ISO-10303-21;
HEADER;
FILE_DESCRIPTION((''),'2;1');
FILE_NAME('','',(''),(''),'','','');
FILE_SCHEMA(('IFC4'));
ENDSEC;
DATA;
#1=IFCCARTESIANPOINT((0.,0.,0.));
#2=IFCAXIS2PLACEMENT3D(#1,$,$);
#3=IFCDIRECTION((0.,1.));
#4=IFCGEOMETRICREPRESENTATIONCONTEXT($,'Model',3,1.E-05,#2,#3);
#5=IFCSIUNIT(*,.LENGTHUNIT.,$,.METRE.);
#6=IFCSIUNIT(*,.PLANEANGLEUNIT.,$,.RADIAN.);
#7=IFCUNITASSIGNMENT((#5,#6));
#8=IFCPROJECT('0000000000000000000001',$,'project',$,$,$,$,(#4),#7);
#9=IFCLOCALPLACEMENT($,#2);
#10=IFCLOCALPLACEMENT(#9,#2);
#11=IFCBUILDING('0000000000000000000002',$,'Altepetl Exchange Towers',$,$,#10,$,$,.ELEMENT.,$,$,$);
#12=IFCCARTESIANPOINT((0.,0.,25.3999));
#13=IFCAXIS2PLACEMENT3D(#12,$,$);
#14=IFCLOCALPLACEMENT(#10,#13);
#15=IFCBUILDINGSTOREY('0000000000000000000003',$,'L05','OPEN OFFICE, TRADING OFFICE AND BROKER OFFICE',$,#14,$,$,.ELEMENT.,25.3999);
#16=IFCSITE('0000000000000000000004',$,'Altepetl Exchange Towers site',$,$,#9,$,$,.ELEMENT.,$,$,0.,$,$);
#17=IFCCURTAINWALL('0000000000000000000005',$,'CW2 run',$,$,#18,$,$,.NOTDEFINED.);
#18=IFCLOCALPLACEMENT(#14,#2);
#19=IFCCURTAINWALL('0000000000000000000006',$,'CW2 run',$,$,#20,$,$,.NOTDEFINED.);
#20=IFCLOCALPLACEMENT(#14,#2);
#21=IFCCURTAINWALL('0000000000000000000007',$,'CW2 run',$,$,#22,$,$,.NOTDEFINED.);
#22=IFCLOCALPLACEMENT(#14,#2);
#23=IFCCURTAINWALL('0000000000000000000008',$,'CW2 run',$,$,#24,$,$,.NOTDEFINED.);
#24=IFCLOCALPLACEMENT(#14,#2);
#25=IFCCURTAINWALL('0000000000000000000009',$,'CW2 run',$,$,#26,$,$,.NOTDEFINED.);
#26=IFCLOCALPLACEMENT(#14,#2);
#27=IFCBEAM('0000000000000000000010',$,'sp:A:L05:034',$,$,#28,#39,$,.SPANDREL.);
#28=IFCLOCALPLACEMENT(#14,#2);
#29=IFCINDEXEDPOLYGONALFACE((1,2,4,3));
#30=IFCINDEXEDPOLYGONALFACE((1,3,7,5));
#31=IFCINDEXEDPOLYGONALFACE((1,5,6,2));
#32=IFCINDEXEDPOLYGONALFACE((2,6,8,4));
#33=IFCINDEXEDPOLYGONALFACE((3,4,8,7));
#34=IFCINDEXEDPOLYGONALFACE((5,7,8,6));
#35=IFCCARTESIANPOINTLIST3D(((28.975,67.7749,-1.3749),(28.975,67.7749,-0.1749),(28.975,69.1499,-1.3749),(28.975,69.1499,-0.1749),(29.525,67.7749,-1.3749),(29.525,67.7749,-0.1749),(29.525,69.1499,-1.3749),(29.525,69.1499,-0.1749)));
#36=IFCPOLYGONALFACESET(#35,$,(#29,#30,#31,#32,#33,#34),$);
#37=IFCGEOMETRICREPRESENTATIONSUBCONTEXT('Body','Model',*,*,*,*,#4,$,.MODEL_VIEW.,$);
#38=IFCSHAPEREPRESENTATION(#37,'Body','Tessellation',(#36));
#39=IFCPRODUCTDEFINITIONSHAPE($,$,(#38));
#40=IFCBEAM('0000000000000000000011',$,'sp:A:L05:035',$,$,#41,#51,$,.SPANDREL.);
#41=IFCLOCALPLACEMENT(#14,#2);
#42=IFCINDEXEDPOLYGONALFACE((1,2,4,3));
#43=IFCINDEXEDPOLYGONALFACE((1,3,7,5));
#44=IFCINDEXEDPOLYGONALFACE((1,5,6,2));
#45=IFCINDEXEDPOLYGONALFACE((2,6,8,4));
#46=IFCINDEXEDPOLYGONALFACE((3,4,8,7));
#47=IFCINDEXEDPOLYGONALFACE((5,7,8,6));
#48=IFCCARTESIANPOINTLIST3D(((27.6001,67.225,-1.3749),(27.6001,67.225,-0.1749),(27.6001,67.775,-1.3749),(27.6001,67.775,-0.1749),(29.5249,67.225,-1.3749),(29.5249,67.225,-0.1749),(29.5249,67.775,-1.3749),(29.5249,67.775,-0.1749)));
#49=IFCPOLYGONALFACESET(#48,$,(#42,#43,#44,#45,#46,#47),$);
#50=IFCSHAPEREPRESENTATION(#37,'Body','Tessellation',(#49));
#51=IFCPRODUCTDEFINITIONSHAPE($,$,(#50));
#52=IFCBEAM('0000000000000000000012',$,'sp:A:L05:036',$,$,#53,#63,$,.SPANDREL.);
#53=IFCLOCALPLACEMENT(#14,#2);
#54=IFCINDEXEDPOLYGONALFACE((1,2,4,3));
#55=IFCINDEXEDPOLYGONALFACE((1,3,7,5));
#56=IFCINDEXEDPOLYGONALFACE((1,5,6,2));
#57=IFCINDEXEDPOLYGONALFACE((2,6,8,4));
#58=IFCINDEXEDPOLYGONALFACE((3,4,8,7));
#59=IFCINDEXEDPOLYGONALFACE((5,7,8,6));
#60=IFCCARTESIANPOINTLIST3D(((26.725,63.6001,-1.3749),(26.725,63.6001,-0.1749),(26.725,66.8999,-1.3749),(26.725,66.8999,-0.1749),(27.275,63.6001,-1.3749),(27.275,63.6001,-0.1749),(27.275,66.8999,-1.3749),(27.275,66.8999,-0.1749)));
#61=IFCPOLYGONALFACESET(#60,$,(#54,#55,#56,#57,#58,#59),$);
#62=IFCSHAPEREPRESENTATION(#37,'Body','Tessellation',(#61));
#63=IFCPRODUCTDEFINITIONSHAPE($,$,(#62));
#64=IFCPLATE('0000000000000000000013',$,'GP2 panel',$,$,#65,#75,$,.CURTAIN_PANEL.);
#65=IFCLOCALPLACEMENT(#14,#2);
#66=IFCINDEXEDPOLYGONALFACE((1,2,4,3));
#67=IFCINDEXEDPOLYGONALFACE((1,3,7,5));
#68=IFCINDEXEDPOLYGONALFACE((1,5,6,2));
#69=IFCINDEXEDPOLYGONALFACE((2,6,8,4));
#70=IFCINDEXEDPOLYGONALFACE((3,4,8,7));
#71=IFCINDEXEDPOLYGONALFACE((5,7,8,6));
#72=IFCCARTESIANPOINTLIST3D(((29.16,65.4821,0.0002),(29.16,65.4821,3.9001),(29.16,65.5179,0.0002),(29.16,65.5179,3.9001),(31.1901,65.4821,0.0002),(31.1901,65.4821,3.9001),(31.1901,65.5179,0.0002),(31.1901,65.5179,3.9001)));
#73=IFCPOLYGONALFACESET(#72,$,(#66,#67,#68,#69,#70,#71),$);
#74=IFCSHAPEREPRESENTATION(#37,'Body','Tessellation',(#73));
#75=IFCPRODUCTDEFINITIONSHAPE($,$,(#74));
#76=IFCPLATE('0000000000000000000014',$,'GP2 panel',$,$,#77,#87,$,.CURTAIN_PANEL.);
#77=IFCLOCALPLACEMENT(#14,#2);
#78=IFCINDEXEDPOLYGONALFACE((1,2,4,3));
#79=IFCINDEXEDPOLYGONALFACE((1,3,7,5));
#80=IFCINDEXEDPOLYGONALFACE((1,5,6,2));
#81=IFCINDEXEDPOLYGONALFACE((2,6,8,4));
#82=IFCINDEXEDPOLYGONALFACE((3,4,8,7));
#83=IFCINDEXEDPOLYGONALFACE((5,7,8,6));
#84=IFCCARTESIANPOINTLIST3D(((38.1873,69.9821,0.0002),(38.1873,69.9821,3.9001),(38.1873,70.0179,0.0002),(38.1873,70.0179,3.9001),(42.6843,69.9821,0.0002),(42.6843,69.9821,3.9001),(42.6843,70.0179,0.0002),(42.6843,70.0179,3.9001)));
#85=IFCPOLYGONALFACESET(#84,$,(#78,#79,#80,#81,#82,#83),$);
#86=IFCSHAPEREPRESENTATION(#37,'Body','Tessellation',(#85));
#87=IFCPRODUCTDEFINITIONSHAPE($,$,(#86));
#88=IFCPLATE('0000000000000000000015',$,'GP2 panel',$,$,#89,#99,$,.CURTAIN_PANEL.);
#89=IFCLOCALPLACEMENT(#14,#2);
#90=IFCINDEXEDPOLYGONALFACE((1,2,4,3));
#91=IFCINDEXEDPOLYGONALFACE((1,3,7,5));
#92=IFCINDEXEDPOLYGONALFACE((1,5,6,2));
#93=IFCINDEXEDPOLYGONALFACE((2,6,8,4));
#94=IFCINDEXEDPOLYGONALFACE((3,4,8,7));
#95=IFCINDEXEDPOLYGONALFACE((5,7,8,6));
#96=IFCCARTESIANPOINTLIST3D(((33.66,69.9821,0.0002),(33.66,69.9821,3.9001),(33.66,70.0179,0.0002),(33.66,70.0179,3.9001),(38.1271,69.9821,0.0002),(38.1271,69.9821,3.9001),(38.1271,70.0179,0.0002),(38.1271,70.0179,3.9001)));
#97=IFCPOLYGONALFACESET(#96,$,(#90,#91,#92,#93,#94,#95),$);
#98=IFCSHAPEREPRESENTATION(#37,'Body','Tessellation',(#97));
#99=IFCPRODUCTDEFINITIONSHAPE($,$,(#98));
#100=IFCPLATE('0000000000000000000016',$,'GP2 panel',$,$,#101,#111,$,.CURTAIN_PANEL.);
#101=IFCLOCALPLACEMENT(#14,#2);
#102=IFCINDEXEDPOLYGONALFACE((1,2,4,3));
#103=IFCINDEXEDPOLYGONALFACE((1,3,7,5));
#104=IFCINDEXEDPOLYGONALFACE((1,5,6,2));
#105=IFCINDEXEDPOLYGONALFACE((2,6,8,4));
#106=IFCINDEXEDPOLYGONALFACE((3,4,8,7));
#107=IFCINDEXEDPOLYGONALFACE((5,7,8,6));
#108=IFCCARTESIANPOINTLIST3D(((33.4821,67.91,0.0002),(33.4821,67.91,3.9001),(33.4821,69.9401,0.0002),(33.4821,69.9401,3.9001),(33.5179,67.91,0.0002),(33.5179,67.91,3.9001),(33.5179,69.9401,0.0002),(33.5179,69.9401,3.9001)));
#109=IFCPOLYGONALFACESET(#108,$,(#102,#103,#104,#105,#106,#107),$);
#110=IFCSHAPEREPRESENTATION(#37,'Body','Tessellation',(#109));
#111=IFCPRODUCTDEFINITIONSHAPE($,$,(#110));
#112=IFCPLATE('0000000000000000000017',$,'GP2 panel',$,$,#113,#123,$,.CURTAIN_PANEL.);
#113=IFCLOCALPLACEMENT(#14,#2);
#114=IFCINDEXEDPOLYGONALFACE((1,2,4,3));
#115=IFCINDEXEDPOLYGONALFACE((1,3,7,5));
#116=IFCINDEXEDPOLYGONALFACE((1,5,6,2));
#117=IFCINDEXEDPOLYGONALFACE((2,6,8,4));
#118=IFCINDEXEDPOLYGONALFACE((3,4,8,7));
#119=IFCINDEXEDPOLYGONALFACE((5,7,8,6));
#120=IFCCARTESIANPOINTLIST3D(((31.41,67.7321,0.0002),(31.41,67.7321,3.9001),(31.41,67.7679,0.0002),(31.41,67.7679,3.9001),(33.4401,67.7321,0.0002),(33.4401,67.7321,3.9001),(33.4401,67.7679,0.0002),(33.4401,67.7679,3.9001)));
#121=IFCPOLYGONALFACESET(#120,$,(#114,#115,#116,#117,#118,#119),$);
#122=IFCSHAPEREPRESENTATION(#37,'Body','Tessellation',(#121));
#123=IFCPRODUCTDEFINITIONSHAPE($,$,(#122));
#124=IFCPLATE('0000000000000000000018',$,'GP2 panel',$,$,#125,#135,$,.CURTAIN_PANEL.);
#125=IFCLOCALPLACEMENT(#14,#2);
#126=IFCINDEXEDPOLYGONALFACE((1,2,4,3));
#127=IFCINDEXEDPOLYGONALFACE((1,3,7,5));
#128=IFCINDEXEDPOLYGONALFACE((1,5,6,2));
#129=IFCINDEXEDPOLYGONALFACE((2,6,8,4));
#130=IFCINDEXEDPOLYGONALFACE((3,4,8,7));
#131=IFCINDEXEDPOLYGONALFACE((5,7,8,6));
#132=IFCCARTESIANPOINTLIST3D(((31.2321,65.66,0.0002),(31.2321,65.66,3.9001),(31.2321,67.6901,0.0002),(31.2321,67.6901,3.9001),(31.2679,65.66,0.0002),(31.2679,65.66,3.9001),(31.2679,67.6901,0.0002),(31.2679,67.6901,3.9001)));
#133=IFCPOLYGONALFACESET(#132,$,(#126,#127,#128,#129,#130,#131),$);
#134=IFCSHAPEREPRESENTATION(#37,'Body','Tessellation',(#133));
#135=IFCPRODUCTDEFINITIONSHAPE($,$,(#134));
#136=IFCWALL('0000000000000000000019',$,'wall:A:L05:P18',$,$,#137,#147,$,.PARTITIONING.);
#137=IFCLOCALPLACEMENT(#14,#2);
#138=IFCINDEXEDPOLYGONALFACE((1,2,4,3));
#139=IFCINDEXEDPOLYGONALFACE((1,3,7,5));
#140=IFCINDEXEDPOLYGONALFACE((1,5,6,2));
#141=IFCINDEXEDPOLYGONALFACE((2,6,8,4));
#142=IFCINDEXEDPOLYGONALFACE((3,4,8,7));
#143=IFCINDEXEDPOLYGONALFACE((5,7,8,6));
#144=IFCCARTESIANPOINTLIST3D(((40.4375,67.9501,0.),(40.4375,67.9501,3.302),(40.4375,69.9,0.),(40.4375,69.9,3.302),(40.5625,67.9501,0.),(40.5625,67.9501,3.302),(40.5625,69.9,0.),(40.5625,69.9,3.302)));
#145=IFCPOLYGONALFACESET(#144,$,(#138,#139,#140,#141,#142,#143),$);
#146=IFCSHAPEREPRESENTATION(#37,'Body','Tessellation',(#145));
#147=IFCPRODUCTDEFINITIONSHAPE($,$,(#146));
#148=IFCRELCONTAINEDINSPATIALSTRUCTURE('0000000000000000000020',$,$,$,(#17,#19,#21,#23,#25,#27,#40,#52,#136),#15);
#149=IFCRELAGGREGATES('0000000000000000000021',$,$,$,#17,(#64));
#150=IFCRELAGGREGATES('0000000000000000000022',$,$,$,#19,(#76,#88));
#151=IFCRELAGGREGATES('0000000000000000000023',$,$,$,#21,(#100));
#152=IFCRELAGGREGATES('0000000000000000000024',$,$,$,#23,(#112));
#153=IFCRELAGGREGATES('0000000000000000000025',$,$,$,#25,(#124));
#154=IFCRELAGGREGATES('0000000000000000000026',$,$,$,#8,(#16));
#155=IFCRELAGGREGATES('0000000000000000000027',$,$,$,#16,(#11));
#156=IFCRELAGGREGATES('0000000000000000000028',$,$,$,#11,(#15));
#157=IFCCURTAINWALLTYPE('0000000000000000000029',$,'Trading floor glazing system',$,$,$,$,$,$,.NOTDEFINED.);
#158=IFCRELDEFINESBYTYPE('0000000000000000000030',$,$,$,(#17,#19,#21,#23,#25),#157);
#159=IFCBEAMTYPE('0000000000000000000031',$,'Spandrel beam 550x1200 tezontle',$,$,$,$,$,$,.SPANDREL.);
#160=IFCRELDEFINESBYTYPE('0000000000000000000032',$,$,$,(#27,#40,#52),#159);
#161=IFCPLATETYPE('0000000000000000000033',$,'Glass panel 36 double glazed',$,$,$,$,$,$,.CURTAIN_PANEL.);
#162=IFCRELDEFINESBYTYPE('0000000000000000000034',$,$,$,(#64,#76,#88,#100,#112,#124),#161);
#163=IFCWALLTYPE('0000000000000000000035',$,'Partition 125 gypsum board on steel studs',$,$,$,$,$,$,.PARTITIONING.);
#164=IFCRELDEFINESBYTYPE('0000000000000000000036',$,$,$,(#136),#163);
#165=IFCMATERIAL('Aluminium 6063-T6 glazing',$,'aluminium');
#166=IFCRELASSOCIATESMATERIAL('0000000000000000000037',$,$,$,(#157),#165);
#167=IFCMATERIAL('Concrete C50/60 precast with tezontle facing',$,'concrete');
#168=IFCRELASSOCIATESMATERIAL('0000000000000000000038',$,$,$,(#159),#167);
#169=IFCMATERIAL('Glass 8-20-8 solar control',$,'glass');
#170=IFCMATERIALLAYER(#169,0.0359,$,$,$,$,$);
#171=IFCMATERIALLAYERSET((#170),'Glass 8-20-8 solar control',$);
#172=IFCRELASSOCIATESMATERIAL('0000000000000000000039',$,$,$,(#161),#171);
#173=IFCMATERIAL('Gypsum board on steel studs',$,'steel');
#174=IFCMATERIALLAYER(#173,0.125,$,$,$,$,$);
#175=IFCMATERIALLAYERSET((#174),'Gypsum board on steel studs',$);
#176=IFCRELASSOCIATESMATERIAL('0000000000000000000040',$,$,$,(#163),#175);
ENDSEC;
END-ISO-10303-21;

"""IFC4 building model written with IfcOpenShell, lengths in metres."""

from ifc_helpers import new_model, si_unit, direction, frame, frame_2d, origin, origin_2d, place, context, subcontext, project, spatial, rectangle, extrude, material, layer, layer_set, material_profile, profile_set, type_object, element, aggregate, save


model = new_model("IFC4")

# Units and contexts
model_context = context("Model", 3, precision=1e-05, world=origin(), true_north=direction((0.0, 1.0)))
body_context = subcontext(model_context, "Body", "Model", "MODEL_VIEW")
ifc_project = project(units=[si_unit("LENGTHUNIT", "METRE"), si_unit("PLANEANGLEUNIT", "RADIAN")], contexts=[model_context])

# Site, building, storey
site_placement = place(None, origin())
site = spatial("IfcSite", under=ifc_project, at=site_placement, Name="Altepetl Exchange Towers site", CompositionType="ELEMENT", RefElevation=0.0)
building_placement = place(site_placement, origin())
building = spatial("IfcBuilding", under=site, at=building_placement, Name="Altepetl Exchange Towers", CompositionType="ELEMENT")
storey_placement = place(building_placement, frame((0.0, 0.0, 25.3999)))
storey = spatial("IfcBuildingStorey", under=building, at=storey_placement, Name="L05", Description="OPEN OFFICE, TRADING OFFICE AND BROKER OFFICE", CompositionType="ELEMENT", Elevation=25.3999)

# Curtain wall
ifc_material_1 = material(Name="Aluminium 6063-T6 glazing", Category="aluminium")
curtain_wall_type = type_object("IfcCurtainWallType", Name="Trading floor glazing system", PredefinedType="NOTDEFINED", material=ifc_material_1)
curtain_wall_1_placement = place(storey_placement, origin())
curtain_wall_1 = element("IfcCurtainWall", 1, at=curtain_wall_1_placement, inside=storey, type_object=curtain_wall_type, Name="CW2 run", PredefinedType="NOTDEFINED")

# Curtain walls
curtain_wall_2_placement = place(storey_placement, origin())
curtain_wall_2 = element("IfcCurtainWall", 2, at=curtain_wall_2_placement, inside=storey, type_object=curtain_wall_type, Name="CW2 run", PredefinedType="NOTDEFINED")
curtain_wall_3_placement = place(storey_placement, origin())
curtain_wall_3 = element("IfcCurtainWall", 3, at=curtain_wall_3_placement, inside=storey, type_object=curtain_wall_type, Name="CW2 run", PredefinedType="NOTDEFINED")
curtain_wall_4_placement = place(storey_placement, origin())
curtain_wall_4 = element("IfcCurtainWall", 4, at=curtain_wall_4_placement, inside=storey, type_object=curtain_wall_type, Name="CW2 run", PredefinedType="NOTDEFINED")
curtain_wall_5_placement = place(storey_placement, origin())
curtain_wall_5 = element("IfcCurtainWall", 5, at=curtain_wall_5_placement, inside=storey, type_object=curtain_wall_type, Name="CW2 run", PredefinedType="NOTDEFINED")

# Beams
ifc_material_2 = material(Name="Concrete C50/60 precast with tezontle facing", Category="concrete")
ifc_material_profile_1 = material_profile(ifc_material_2, rectangle(XDim=0.55, YDim=1.2, at=origin_2d()), Name="550 x 1200")
ifc_profile_set_1 = profile_set([ifc_material_profile_1], Name="Concrete C50/60 precast with tezontle facing")
beam_type_1 = type_object("IfcBeamType", Name="Spandrel beam 550x1200 tezontle", PredefinedType="SPANDREL", material=ifc_profile_set_1)
beam_1_placement = place(storey_placement, frame((29.25, 69.1499, -0.7749), z_axis=(0.0, -1.0, 0.0), x_axis=(1.0, 0.0, 0.0)))
element("IfcBeam", 6, at=beam_1_placement, inside=storey, type_object=beam_type_1, Name="sp:A:L05:034", PredefinedType="SPANDREL", context=body_context, shape_type="SweptSolid", body=[
    extrude(rectangle(XDim=0.55, YDim=1.2, at=origin_2d()), origin(), (0.0, 0.0, 1.0), 1.375),
])
beam_2_placement = place(storey_placement, frame((29.5249, 67.5, -0.7749), z_axis=(-1.0, 0.0, 0.0), x_axis=(0.0, -1.0, 0.0)))
element("IfcBeam", 7, at=beam_2_placement, inside=storey, type_object=beam_type_1, Name="sp:A:L05:035", PredefinedType="SPANDREL", context=body_context, shape_type="SweptSolid", body=[
    extrude(rectangle(XDim=0.55, YDim=1.2, at=origin_2d()), origin(), (0.0, 0.0, 1.0), 1.9248),
])
beam_3_placement = place(storey_placement, frame((27.0, 66.8999, -0.7749), z_axis=(0.0, -1.0, 0.0), x_axis=(1.0, 0.0, 0.0)))
element("IfcBeam", 8, at=beam_3_placement, inside=storey, type_object=beam_type_1, Name="sp:A:L05:036", PredefinedType="SPANDREL", context=body_context, shape_type="SweptSolid", body=[
    extrude(rectangle(XDim=0.55, YDim=1.2, at=origin_2d()), origin(), (0.0, 0.0, 1.0), 3.2998),
])

# Plates
ifc_material_3 = material(Name="Glass 8-20-8 solar control", Category="glass")
ifc_layer_1 = layer(ifc_material_3, 0.0359)
ifc_layer_set_1 = layer_set([ifc_layer_1], Name="Glass 8-20-8 solar control")
plate_type = type_object("IfcPlateType", Name="Glass panel 36 double glazed", PredefinedType="CURTAIN_PANEL", material=ifc_layer_set_1)
plate_1_placement = place(storey_placement, frame((30.175, 65.5, 0.0002), z_axis=(0.0, 0.0, 1.0), x_axis=(-1.0, 0.0, 0.0)))
plate_1 = element("IfcPlate", 9, at=plate_1_placement, type_object=plate_type, Name="GP2 panel", PredefinedType="CURTAIN_PANEL", context=body_context, shape_type="SweptSolid", body=[
    extrude(rectangle(XDim=2.03, YDim=0.0359, at=origin_2d()), origin(), (0.0, 0.0, 1.0), 3.8999),
])
aggregate(curtain_wall_1, [plate_1])
plate_2_placement = place(storey_placement, frame((40.4358, 70.0, 0.0002), z_axis=(0.0, 0.0, 1.0), x_axis=(-1.0, 0.0, 0.0)))
plate_2 = element("IfcPlate", 10, at=plate_2_placement, type_object=plate_type, Name="GP2 panel", PredefinedType="CURTAIN_PANEL", context=body_context, shape_type="SweptSolid", body=[
    extrude(rectangle(XDim=4.4971, YDim=0.0359, at=origin_2d()), origin(), (0.0, 0.0, 1.0), 3.8999),
])
plate_3_placement = place(storey_placement, frame((35.8936, 70.0, 0.0002), z_axis=(0.0, 0.0, 1.0), x_axis=(-1.0, 0.0, 0.0)))
plate_3 = element("IfcPlate", 11, at=plate_3_placement, type_object=plate_type, Name="GP2 panel", PredefinedType="CURTAIN_PANEL", context=body_context, shape_type="SweptSolid", body=[
    extrude(rectangle(XDim=4.467, YDim=0.0359, at=origin_2d()), origin(), (0.0, 0.0, 1.0), 3.8999),
])
aggregate(curtain_wall_2, [plate_2, plate_3])
plate_4_placement = place(storey_placement, frame((33.5, 68.925, 0.0002), z_axis=(0.0, 0.0, 1.0), x_axis=(0.0, -1.0, 0.0)))
plate_4 = element("IfcPlate", 12, at=plate_4_placement, type_object=plate_type, Name="GP2 panel", PredefinedType="CURTAIN_PANEL", context=body_context, shape_type="SweptSolid", body=[
    extrude(rectangle(XDim=2.03, YDim=0.0359, at=origin_2d()), origin(), (0.0, 0.0, 1.0), 3.8999),
])
aggregate(curtain_wall_3, [plate_4])
plate_5_placement = place(storey_placement, frame((32.425, 67.75, 0.0002), z_axis=(0.0, 0.0, 1.0), x_axis=(-1.0, 0.0, 0.0)))
plate_5 = element("IfcPlate", 13, at=plate_5_placement, type_object=plate_type, Name="GP2 panel", PredefinedType="CURTAIN_PANEL", context=body_context, shape_type="SweptSolid", body=[
    extrude(rectangle(XDim=2.03, YDim=0.0359, at=origin_2d()), origin(), (0.0, 0.0, 1.0), 3.8999),
])
aggregate(curtain_wall_4, [plate_5])
plate_6_placement = place(storey_placement, frame((31.25, 66.675, 0.0002), z_axis=(0.0, 0.0, 1.0), x_axis=(0.0, -1.0, 0.0)))
plate_6 = element("IfcPlate", 14, at=plate_6_placement, type_object=plate_type, Name="GP2 panel", PredefinedType="CURTAIN_PANEL", context=body_context, shape_type="SweptSolid", body=[
    extrude(rectangle(XDim=2.03, YDim=0.0359, at=origin_2d()), origin(), (0.0, 0.0, 1.0), 3.8999),
])
aggregate(curtain_wall_5, [plate_6])

# Wall
ifc_material_4 = material(Name="Gypsum board on steel studs", Category="steel")
ifc_layer_2 = layer(ifc_material_4, 0.125)
ifc_layer_set_2 = layer_set([ifc_layer_2], Name="Gypsum board on steel studs")
wall_type = type_object("IfcWallType", Name="Partition 125 gypsum board on steel studs", PredefinedType="PARTITIONING", material=ifc_layer_set_2)
wall_placement = place(storey_placement, frame((40.5, 67.95, 0.0), z_axis=(0.0, 0.0, 1.0), x_axis=(0.0, 1.0, 0.0)))
element("IfcWall", 15, at=wall_placement, inside=storey, type_object=wall_type, Name="wall:A:L05:P18", PredefinedType="PARTITIONING", context=body_context, shape_type="SweptSolid", body=[
    extrude(rectangle(XDim=1.95, YDim=0.125, at=frame_2d((0.9751, 0.0))), origin(), (0.0, 0.0, 1.0), 3.302),
])

save(model, "model.ifc")
